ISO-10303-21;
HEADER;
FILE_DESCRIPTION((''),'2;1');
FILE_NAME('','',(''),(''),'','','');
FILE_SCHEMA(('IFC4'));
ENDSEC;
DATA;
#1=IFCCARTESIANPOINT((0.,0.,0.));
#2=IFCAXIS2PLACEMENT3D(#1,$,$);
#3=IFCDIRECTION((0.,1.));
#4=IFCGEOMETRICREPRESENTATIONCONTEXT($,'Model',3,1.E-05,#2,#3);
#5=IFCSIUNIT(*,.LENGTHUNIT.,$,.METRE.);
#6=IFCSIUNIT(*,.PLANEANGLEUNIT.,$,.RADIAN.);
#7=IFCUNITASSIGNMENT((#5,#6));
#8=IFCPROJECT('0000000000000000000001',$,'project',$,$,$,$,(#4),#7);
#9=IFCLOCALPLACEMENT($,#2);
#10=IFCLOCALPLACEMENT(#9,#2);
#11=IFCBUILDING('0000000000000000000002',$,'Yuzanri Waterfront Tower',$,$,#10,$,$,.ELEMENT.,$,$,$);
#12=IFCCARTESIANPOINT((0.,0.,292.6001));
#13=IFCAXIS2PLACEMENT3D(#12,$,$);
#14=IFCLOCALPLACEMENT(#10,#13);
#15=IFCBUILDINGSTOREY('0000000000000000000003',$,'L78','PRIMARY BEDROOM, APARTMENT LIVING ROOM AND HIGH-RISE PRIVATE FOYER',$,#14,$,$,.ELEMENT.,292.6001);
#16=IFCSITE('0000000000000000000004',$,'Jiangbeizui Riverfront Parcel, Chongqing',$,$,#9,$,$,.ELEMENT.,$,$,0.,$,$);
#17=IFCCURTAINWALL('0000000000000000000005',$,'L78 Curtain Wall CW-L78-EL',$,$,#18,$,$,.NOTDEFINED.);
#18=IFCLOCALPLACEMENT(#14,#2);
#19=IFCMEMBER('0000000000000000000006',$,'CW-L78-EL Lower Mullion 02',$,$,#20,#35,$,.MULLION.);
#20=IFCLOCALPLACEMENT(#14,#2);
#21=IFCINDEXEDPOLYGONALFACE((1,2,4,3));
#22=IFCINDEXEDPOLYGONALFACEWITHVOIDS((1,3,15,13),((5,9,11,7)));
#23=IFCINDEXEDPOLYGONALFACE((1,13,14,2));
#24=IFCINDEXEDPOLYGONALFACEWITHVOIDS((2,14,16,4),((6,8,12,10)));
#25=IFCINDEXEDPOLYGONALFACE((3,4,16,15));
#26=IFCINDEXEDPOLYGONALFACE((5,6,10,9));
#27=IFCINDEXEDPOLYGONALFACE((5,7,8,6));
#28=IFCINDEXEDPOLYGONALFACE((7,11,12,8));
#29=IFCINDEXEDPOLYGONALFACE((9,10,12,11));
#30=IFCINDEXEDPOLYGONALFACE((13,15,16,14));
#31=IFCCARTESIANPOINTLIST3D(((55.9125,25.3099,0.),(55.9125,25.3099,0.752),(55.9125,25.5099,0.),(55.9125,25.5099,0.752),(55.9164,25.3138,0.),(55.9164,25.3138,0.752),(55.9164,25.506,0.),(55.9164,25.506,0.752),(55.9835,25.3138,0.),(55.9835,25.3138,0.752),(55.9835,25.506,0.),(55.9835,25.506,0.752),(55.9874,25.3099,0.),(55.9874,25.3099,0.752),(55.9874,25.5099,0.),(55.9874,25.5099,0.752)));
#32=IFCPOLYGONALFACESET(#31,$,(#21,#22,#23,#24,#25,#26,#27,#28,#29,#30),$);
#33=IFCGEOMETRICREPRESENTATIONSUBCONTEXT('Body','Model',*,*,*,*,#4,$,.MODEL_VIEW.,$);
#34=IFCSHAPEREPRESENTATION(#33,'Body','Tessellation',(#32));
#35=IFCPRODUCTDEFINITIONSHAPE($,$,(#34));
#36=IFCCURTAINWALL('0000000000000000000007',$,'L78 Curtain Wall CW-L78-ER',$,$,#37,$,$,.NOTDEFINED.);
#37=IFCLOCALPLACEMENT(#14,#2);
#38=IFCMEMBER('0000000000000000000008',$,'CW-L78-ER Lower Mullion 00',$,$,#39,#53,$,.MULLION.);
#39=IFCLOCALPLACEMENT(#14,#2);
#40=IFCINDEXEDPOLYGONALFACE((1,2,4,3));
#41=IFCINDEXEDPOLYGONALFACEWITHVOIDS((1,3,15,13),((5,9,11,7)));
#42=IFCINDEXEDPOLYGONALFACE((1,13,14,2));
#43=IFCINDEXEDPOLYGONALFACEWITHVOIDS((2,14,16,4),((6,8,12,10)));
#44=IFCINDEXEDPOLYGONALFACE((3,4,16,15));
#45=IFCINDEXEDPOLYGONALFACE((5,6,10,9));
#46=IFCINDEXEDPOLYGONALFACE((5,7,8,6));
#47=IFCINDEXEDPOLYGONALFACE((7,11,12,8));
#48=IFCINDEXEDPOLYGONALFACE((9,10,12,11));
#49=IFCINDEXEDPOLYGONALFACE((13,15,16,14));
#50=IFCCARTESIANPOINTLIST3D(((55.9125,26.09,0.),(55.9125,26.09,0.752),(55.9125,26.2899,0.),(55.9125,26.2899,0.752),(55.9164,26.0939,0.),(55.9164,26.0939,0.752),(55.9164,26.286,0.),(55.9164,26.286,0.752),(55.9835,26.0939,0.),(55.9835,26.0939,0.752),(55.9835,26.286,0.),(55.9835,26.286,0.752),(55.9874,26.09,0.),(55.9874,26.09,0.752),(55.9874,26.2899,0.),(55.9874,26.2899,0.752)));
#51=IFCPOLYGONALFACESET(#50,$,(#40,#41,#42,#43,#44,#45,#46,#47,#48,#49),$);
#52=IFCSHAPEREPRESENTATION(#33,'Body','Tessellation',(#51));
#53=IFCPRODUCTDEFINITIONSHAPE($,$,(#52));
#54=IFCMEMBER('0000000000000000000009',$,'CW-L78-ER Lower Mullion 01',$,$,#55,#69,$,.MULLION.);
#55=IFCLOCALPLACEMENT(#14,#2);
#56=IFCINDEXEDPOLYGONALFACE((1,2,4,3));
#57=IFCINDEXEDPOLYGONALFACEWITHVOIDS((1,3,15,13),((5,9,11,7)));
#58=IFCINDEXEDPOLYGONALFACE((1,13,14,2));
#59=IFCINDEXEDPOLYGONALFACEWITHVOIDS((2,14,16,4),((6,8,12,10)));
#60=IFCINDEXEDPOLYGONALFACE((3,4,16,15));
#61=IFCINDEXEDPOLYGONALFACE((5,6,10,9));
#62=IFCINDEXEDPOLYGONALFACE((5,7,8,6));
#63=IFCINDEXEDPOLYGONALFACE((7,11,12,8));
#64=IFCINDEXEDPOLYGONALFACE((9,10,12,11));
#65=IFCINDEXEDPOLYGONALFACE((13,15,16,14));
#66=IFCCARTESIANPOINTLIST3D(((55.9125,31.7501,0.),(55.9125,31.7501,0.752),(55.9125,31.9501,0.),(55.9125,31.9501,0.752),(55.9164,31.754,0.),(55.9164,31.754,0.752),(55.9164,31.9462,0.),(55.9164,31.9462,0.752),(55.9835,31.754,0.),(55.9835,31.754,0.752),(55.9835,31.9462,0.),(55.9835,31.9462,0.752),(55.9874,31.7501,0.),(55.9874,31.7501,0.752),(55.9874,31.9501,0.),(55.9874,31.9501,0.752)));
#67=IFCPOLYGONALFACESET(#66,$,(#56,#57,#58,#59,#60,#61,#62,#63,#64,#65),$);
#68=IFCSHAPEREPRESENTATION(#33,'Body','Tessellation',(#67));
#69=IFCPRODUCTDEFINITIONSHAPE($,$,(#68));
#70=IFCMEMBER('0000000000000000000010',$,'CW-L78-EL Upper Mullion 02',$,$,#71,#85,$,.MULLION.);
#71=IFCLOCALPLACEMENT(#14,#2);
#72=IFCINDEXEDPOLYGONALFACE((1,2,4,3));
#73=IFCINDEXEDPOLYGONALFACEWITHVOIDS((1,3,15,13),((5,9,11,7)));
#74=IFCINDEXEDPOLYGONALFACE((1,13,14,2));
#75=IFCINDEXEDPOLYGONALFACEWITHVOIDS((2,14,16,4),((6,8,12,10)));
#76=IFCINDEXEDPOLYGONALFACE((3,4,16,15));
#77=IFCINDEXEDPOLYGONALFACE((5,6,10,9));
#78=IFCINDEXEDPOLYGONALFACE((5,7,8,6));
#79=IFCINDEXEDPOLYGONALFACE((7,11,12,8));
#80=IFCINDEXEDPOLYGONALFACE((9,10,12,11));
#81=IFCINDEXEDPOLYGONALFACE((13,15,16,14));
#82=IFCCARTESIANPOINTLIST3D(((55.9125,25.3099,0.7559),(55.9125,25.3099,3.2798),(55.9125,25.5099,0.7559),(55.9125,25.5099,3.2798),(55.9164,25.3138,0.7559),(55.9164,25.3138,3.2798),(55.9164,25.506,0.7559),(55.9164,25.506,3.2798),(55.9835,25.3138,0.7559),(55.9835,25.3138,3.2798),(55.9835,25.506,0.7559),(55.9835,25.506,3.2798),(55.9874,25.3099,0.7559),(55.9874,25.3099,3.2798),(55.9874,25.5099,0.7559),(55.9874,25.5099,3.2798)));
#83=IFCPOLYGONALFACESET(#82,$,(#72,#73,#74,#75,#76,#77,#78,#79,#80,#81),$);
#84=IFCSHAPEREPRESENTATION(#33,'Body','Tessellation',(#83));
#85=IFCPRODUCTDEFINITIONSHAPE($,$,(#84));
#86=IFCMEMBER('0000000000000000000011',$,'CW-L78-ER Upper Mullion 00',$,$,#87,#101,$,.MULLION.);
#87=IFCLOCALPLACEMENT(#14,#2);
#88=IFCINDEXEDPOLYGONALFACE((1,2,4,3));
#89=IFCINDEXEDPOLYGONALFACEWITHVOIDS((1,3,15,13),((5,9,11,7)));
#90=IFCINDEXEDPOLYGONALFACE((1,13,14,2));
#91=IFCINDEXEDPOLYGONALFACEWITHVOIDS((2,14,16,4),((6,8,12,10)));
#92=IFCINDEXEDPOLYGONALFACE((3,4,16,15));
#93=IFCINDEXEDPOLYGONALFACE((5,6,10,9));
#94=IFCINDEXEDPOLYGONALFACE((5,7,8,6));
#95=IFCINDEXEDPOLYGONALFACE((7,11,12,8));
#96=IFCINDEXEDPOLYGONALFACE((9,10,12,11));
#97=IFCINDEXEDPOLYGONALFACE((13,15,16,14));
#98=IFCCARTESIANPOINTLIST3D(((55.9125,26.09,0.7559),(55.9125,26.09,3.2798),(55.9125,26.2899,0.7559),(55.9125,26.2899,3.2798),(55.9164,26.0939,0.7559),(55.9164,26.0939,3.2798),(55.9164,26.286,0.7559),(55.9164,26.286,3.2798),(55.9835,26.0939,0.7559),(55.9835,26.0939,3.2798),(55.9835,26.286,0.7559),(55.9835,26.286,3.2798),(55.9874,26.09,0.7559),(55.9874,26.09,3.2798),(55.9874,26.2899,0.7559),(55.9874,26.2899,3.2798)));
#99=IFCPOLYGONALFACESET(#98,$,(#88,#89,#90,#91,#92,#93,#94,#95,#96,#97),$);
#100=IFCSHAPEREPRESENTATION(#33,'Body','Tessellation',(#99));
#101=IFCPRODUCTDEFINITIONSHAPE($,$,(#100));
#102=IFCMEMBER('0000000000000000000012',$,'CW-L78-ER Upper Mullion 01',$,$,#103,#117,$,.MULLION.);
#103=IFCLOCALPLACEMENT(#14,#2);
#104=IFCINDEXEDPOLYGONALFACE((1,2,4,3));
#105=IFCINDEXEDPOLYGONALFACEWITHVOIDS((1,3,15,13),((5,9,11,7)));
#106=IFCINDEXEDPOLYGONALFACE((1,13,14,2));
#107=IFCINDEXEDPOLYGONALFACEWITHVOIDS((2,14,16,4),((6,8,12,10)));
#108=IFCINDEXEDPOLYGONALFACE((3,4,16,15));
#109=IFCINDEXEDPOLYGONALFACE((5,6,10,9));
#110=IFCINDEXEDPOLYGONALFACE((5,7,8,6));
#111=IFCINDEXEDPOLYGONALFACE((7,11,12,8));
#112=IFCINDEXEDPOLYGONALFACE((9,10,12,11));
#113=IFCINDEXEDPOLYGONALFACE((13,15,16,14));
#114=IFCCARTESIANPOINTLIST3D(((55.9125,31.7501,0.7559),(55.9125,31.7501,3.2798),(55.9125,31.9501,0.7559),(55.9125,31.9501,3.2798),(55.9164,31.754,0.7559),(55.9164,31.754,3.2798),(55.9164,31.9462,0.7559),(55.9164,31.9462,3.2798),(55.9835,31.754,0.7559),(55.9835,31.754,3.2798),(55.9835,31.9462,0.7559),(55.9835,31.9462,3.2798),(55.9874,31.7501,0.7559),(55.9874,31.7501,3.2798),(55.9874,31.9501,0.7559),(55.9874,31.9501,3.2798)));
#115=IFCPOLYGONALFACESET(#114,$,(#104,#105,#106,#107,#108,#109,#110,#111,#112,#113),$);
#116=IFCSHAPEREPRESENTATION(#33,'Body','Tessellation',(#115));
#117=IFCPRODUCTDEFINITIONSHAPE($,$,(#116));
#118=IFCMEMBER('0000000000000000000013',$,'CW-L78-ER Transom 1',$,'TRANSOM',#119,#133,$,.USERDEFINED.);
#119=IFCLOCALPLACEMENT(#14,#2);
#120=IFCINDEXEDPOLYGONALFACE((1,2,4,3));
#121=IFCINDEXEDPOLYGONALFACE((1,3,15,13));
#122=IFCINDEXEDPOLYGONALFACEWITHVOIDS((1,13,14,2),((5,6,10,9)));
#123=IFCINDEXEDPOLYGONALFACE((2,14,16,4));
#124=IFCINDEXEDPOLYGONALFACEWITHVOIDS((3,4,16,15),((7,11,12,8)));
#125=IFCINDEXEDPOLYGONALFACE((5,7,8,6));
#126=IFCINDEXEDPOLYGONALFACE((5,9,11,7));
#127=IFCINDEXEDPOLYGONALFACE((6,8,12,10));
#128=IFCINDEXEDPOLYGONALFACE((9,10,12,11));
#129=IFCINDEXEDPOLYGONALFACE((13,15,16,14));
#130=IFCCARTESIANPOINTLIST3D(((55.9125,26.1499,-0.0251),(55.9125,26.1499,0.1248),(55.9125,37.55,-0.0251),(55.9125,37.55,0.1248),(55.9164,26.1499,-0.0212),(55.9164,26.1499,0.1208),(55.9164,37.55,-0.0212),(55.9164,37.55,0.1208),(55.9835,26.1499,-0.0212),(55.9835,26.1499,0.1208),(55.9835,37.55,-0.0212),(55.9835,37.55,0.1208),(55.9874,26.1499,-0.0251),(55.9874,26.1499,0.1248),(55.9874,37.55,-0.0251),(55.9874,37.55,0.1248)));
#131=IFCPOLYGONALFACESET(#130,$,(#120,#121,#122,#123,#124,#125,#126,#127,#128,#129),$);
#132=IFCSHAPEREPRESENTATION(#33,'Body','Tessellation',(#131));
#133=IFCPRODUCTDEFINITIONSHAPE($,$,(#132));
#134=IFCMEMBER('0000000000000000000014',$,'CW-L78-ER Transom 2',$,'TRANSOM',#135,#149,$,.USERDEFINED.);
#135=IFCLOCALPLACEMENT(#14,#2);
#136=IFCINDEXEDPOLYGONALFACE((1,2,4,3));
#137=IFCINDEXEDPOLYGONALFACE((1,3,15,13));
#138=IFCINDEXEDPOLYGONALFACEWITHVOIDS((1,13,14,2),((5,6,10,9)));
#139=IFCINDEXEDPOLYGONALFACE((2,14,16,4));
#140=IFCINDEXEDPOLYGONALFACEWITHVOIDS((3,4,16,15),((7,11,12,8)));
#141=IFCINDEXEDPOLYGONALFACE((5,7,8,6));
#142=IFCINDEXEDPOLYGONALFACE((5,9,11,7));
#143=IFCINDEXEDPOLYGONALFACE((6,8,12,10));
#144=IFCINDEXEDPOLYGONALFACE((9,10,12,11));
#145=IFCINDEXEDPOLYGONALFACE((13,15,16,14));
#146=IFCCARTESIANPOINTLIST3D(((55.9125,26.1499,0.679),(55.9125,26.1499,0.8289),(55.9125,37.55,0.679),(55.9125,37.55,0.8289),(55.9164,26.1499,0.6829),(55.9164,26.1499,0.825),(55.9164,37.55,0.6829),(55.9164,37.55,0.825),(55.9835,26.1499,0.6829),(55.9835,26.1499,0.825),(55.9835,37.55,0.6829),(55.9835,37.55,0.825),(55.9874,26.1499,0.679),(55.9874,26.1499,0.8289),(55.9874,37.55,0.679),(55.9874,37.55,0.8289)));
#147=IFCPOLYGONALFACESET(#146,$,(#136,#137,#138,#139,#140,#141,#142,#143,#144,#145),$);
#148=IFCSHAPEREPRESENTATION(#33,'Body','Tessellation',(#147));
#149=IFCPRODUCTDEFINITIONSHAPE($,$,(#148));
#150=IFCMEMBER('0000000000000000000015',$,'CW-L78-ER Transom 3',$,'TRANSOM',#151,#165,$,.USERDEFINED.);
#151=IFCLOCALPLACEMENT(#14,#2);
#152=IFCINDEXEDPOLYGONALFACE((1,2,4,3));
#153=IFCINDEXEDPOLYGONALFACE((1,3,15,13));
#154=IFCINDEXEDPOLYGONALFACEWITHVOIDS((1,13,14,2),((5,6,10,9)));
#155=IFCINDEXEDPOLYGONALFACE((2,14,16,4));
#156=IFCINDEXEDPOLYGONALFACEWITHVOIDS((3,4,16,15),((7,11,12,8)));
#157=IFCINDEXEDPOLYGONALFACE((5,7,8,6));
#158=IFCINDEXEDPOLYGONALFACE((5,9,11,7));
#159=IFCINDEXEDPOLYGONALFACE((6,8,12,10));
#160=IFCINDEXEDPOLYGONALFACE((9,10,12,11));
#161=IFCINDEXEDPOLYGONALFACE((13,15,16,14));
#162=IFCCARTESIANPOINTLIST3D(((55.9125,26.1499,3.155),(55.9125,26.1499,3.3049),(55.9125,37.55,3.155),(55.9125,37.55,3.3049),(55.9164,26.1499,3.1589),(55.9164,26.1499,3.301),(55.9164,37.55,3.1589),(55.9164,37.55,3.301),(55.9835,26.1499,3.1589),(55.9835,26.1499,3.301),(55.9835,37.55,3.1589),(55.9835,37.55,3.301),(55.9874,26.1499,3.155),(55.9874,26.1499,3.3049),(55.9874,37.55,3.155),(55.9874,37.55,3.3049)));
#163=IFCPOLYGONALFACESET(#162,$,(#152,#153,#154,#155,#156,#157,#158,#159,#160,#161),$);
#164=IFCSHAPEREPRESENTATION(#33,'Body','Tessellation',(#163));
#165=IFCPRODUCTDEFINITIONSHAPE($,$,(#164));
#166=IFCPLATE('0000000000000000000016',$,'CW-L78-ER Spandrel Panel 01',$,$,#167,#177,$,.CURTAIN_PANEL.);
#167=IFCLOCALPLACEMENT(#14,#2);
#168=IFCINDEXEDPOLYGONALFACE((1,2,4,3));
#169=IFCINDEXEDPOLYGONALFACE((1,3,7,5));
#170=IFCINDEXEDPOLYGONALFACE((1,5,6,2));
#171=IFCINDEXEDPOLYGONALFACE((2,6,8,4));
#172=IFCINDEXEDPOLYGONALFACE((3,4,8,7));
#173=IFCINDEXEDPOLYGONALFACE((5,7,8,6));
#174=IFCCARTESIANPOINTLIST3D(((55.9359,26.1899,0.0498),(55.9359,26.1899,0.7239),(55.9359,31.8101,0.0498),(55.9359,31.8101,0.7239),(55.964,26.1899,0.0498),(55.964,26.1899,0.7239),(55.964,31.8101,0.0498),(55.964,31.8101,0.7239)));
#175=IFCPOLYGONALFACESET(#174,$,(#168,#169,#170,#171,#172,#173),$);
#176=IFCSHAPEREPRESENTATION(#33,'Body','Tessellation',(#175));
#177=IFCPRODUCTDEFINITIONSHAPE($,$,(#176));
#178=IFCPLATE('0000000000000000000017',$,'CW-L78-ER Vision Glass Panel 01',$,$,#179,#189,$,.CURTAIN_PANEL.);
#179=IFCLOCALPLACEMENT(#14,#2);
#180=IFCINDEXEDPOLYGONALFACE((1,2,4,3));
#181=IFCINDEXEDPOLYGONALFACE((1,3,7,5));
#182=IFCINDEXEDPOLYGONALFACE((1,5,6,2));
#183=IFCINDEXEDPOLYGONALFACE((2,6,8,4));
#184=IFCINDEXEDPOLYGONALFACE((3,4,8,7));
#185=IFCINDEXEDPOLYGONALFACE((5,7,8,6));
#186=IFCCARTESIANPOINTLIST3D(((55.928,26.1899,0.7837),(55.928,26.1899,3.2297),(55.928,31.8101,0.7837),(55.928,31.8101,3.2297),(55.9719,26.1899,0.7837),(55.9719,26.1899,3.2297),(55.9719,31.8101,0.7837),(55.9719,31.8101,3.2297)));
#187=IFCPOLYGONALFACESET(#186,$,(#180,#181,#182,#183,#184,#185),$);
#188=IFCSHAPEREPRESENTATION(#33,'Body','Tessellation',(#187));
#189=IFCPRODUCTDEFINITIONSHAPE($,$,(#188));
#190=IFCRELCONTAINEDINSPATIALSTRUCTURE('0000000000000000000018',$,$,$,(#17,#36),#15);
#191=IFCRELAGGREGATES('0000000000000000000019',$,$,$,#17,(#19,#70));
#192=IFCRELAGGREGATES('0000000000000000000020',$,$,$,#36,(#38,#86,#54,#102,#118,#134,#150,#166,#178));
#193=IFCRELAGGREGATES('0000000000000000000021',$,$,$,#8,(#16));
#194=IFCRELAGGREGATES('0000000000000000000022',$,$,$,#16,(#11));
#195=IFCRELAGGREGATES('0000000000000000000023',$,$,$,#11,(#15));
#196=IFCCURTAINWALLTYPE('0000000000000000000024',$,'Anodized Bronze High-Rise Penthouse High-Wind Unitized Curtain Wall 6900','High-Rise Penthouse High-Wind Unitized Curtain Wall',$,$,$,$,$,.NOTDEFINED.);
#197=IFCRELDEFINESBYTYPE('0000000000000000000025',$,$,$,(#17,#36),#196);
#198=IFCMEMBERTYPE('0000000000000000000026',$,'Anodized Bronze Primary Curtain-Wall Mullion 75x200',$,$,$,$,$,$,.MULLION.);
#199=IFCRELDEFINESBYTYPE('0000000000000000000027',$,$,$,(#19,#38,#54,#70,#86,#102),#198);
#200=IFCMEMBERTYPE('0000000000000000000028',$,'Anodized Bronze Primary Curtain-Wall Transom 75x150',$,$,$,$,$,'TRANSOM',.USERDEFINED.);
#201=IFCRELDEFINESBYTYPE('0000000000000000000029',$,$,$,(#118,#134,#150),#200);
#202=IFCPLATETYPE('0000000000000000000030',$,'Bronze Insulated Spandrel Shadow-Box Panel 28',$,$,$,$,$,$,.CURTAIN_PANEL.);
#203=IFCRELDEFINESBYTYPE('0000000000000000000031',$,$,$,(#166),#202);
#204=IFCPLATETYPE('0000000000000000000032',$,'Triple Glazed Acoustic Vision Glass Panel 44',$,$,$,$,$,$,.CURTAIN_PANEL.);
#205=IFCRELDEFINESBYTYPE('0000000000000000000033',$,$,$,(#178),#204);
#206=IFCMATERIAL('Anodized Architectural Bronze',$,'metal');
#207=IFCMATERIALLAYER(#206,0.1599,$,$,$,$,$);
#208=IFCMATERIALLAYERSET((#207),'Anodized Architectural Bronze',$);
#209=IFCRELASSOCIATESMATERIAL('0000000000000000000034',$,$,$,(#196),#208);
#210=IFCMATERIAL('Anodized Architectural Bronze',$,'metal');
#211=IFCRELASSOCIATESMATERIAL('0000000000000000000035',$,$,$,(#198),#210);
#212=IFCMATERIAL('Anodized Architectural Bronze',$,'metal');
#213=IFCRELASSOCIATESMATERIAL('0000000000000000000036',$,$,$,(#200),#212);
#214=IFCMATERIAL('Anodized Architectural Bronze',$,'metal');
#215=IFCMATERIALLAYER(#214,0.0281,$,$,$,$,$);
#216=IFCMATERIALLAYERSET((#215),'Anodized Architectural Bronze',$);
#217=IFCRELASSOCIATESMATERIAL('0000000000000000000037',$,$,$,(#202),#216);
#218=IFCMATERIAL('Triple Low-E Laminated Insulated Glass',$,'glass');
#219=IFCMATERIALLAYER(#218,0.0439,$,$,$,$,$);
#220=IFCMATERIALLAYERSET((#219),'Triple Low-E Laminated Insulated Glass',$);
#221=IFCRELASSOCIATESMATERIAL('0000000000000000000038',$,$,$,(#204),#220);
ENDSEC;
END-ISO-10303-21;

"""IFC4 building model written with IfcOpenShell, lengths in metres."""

from ifc_helpers import new_model, si_unit, direction, frame, origin, origin_2d, place, context, subcontext, project, spatial, rectangle, hollow_rectangle, extrude, source, transform, mapped, material, layer, layer_set, material_profile, profile_set, type_object, element, aggregate, save


model = new_model("IFC4")

# Units and contexts
model_context = context("Model", 3, precision=1e-05, world=origin(), true_north=direction((0.0, 1.0)))
body_context = subcontext(model_context, "Body", "Model", "MODEL_VIEW")
ifc_project = project(units=[si_unit("LENGTHUNIT", "METRE"), si_unit("PLANEANGLEUNIT", "RADIAN")], contexts=[model_context])

# Site, building, storey
site_placement = place(None, origin())
site = spatial("IfcSite", under=ifc_project, at=site_placement, Name="Jiangbeizui Riverfront Parcel, Chongqing", CompositionType="ELEMENT", RefElevation=0.0)
building_placement = place(site_placement, origin())
building = spatial("IfcBuilding", under=site, at=building_placement, Name="Yuzanri Waterfront Tower", CompositionType="ELEMENT")
storey_placement = place(building_placement, frame((0.0, 0.0, 292.6001)))
storey = spatial("IfcBuildingStorey", under=building, at=storey_placement, Name="L78", Description="PRIMARY BEDROOM, APARTMENT LIVING ROOM AND HIGH-RISE PRIVATE FOYER", CompositionType="ELEMENT", Elevation=292.6001)

# Curtain wall, member
ifc_material_1 = material(Name="Anodized Architectural Bronze", Category="metal")
ifc_layer_1 = layer(ifc_material_1, 0.1599)
ifc_layer_set_1 = layer_set([ifc_layer_1], Name="Anodized Architectural Bronze")
curtain_wall_type = type_object("IfcCurtainWallType", Name="Anodized Bronze High-Rise Penthouse High-Wind Unitized Curtain Wall 6900", Description="High-Rise Penthouse High-Wind Unitized Curtain Wall", PredefinedType="NOTDEFINED", material=ifc_layer_set_1)
curtain_wall_1_placement = place(storey_placement, origin())
curtain_wall_1 = element("IfcCurtainWall", 1, at=curtain_wall_1_placement, inside=storey, type_object=curtain_wall_type, Name="L78 Curtain Wall CW-L78-EL", PredefinedType="NOTDEFINED")
ifc_material_2 = material(Name="Anodized Architectural Bronze", Category="metal")
ifc_material_profile_1 = material_profile(ifc_material_2, hollow_rectangle(XDim=0.075, YDim=0.2, WallThickness=0.0039, at=origin_2d()), Name="CWM 75x200")
ifc_profile_set_1 = profile_set([ifc_material_profile_1], Name="Anodized Architectural Bronze")
member_type_1 = type_object("IfcMemberType", Name="Anodized Bronze Primary Curtain-Wall Mullion 75x200", PredefinedType="MULLION", material=ifc_profile_set_1)
shared_shape_1 = source(origin(), body_context, "Body", "SweptSolid", [
    extrude(hollow_rectangle(XDim=0.075, YDim=0.2, WallThickness=0.0039, at=origin_2d()), origin(), (0.0, 0.0, 1.0), 0.752),
])
member_1_placement = place(storey_placement, frame((55.95, 25.4099, 0.0), z_axis=(0.0, 0.0, 1.0), x_axis=(1.0, 0.0, 0.0)))
member_1 = element("IfcMember", 2, at=member_1_placement, type_object=member_type_1, Name="CW-L78-EL Lower Mullion 02", PredefinedType="MULLION", context=body_context, shape_type="MappedRepresentation", body=[
    mapped(shared_shape_1, transform((0.0, 0.0, 0.0), scale=1.0)),
])

# Curtain wall, members
curtain_wall_2_placement = place(storey_placement, origin())
curtain_wall_2 = element("IfcCurtainWall", 3, at=curtain_wall_2_placement, inside=storey, type_object=curtain_wall_type, Name="L78 Curtain Wall CW-L78-ER", PredefinedType="NOTDEFINED")
member_2_placement = place(storey_placement, frame((55.95, 26.1899, 0.0), z_axis=(0.0, 0.0, 1.0), x_axis=(1.0, 0.0, 0.0)))
member_2 = element("IfcMember", 4, at=member_2_placement, type_object=member_type_1, Name="CW-L78-ER Lower Mullion 00", PredefinedType="MULLION", context=body_context, shape_type="MappedRepresentation", body=[
    mapped(shared_shape_1, transform((0.0, 0.0, 0.0), scale=1.0)),
])
member_3_placement = place(storey_placement, frame((55.95, 31.8501, 0.0), z_axis=(0.0, 0.0, 1.0), x_axis=(1.0, 0.0, 0.0)))
member_3 = element("IfcMember", 5, at=member_3_placement, type_object=member_type_1, Name="CW-L78-ER Lower Mullion 01", PredefinedType="MULLION", context=body_context, shape_type="MappedRepresentation", body=[
    mapped(shared_shape_1, transform((0.0, 0.0, 0.0), scale=1.0)),
])

# Members
shared_shape_2 = source(origin(), body_context, "Body", "SweptSolid", [
    extrude(hollow_rectangle(XDim=0.075, YDim=0.2, WallThickness=0.0039, at=origin_2d()), origin(), (0.0, 0.0, 1.0), 2.5239),
])
member_4_placement = place(storey_placement, frame((55.95, 25.4099, 0.7559), z_axis=(0.0, 0.0, 1.0), x_axis=(1.0, 0.0, 0.0)))
member_4 = element("IfcMember", 6, at=member_4_placement, type_object=member_type_1, Name="CW-L78-EL Upper Mullion 02", PredefinedType="MULLION", context=body_context, shape_type="MappedRepresentation", body=[
    mapped(shared_shape_2, transform((0.0, 0.0, 0.0), scale=1.0)),
])
aggregate(curtain_wall_1, [member_1, member_4])
member_5_placement = place(storey_placement, frame((55.95, 26.1899, 0.7559), z_axis=(0.0, 0.0, 1.0), x_axis=(1.0, 0.0, 0.0)))
member_5 = element("IfcMember", 7, at=member_5_placement, type_object=member_type_1, Name="CW-L78-ER Upper Mullion 00", PredefinedType="MULLION", context=body_context, shape_type="MappedRepresentation", body=[
    mapped(shared_shape_2, transform((0.0, 0.0, 0.0), scale=1.0)),
])
member_6_placement = place(storey_placement, frame((55.95, 31.8501, 0.7559), z_axis=(0.0, 0.0, 1.0), x_axis=(1.0, 0.0, 0.0)))
member_6 = element("IfcMember", 8, at=member_6_placement, type_object=member_type_1, Name="CW-L78-ER Upper Mullion 01", PredefinedType="MULLION", context=body_context, shape_type="MappedRepresentation", body=[
    mapped(shared_shape_2, transform((0.0, 0.0, 0.0), scale=1.0)),
])
ifc_material_3 = material(Name="Anodized Architectural Bronze", Category="metal")
ifc_material_profile_2 = material_profile(ifc_material_3, hollow_rectangle(XDim=0.075, YDim=0.1499, WallThickness=0.0039, at=origin_2d()), Name="CWT 75x150")
ifc_profile_set_2 = profile_set([ifc_material_profile_2], Name="Anodized Architectural Bronze")
member_type_2 = type_object("IfcMemberType", Name="Anodized Bronze Primary Curtain-Wall Transom 75x150", ElementType="TRANSOM", PredefinedType="USERDEFINED", material=ifc_profile_set_2)
shared_shape_3 = source(origin(), body_context, "Body", "SweptSolid", [
    extrude(hollow_rectangle(XDim=0.075, YDim=0.1499, WallThickness=0.0039, at=origin_2d()), origin(), (0.0, 0.0, 1.0), 11.4001),
])
member_7_placement = place(storey_placement, frame((55.95, 26.1499, 0.0498), z_axis=(0.0, 1.0, 0.0), x_axis=(-1.0, 0.0, 0.0)))
member_7 = element("IfcMember", 9, at=member_7_placement, type_object=member_type_2, Name="CW-L78-ER Transom 1", ObjectType="TRANSOM", PredefinedType="USERDEFINED", context=body_context, shape_type="MappedRepresentation", body=[
    mapped(shared_shape_3, transform((0.0, 0.0, 0.0), scale=1.0)),
])
member_8_placement = place(storey_placement, frame((55.95, 26.1499, 0.7539), z_axis=(0.0, 1.0, 0.0), x_axis=(-1.0, 0.0, 0.0)))
member_8 = element("IfcMember", 10, at=member_8_placement, type_object=member_type_2, Name="CW-L78-ER Transom 2", ObjectType="TRANSOM", PredefinedType="USERDEFINED", context=body_context, shape_type="MappedRepresentation", body=[
    mapped(shared_shape_3, transform((0.0, 0.0, 0.0), scale=1.0)),
])
member_9_placement = place(storey_placement, frame((55.95, 26.1499, 3.23), z_axis=(0.0, 1.0, 0.0), x_axis=(-1.0, 0.0, 0.0)))
member_9 = element("IfcMember", 11, at=member_9_placement, type_object=member_type_2, Name="CW-L78-ER Transom 3", ObjectType="TRANSOM", PredefinedType="USERDEFINED", context=body_context, shape_type="MappedRepresentation", body=[
    mapped(shared_shape_3, transform((0.0, 0.0, 0.0), scale=1.0)),
])

# Plates
ifc_material_4 = material(Name="Anodized Architectural Bronze", Category="metal")
ifc_layer_2 = layer(ifc_material_4, 0.0281)
ifc_layer_set_2 = layer_set([ifc_layer_2], Name="Anodized Architectural Bronze")
plate_type_1 = type_object("IfcPlateType", Name="Bronze Insulated Spandrel Shadow-Box Panel 28", PredefinedType="CURTAIN_PANEL", material=ifc_layer_set_2)
shared_shape_4 = source(origin(), body_context, "Body", "SweptSolid", [
    extrude(rectangle(XDim=5.6201, YDim=0.0281, at=origin_2d()), origin(), (0.0, 0.0, 1.0), 0.6741),
])
plate_1_placement = place(storey_placement, frame((55.95, 29.0, 0.0498), z_axis=(0.0, 0.0, 1.0), x_axis=(0.0, 1.0, 0.0)))
plate_1 = element("IfcPlate", 12, at=plate_1_placement, type_object=plate_type_1, Name="CW-L78-ER Spandrel Panel 01", PredefinedType="CURTAIN_PANEL", context=body_context, shape_type="MappedRepresentation", body=[
    mapped(shared_shape_4, transform((0.0, 0.0, 0.0), scale=1.0)),
])
ifc_material_5 = material(Name="Triple Low-E Laminated Insulated Glass", Category="glass")
ifc_layer_3 = layer(ifc_material_5, 0.0439)
ifc_layer_set_3 = layer_set([ifc_layer_3], Name="Triple Low-E Laminated Insulated Glass")
plate_type_2 = type_object("IfcPlateType", Name="Triple Glazed Acoustic Vision Glass Panel 44", PredefinedType="CURTAIN_PANEL", material=ifc_layer_set_3)
shared_shape_5 = source(origin(), body_context, "Body", "SweptSolid", [
    extrude(rectangle(XDim=5.6201, YDim=0.0439, at=origin_2d()), origin(), (0.0, 0.0, 1.0), 2.446),
])
plate_2_placement = place(storey_placement, frame((55.95, 29.0, 0.7837), z_axis=(0.0, 0.0, 1.0), x_axis=(0.0, 1.0, 0.0)))
plate_2 = element("IfcPlate", 13, at=plate_2_placement, type_object=plate_type_2, Name="CW-L78-ER Vision Glass Panel 01", PredefinedType="CURTAIN_PANEL", context=body_context, shape_type="MappedRepresentation", body=[
    mapped(shared_shape_5, transform((0.0, 0.0, 0.0), scale=1.0)),
])
aggregate(curtain_wall_2, [member_2, member_5, member_3, member_6, member_7, member_8, member_9, plate_1, plate_2])

save(model, "model.ifc")
